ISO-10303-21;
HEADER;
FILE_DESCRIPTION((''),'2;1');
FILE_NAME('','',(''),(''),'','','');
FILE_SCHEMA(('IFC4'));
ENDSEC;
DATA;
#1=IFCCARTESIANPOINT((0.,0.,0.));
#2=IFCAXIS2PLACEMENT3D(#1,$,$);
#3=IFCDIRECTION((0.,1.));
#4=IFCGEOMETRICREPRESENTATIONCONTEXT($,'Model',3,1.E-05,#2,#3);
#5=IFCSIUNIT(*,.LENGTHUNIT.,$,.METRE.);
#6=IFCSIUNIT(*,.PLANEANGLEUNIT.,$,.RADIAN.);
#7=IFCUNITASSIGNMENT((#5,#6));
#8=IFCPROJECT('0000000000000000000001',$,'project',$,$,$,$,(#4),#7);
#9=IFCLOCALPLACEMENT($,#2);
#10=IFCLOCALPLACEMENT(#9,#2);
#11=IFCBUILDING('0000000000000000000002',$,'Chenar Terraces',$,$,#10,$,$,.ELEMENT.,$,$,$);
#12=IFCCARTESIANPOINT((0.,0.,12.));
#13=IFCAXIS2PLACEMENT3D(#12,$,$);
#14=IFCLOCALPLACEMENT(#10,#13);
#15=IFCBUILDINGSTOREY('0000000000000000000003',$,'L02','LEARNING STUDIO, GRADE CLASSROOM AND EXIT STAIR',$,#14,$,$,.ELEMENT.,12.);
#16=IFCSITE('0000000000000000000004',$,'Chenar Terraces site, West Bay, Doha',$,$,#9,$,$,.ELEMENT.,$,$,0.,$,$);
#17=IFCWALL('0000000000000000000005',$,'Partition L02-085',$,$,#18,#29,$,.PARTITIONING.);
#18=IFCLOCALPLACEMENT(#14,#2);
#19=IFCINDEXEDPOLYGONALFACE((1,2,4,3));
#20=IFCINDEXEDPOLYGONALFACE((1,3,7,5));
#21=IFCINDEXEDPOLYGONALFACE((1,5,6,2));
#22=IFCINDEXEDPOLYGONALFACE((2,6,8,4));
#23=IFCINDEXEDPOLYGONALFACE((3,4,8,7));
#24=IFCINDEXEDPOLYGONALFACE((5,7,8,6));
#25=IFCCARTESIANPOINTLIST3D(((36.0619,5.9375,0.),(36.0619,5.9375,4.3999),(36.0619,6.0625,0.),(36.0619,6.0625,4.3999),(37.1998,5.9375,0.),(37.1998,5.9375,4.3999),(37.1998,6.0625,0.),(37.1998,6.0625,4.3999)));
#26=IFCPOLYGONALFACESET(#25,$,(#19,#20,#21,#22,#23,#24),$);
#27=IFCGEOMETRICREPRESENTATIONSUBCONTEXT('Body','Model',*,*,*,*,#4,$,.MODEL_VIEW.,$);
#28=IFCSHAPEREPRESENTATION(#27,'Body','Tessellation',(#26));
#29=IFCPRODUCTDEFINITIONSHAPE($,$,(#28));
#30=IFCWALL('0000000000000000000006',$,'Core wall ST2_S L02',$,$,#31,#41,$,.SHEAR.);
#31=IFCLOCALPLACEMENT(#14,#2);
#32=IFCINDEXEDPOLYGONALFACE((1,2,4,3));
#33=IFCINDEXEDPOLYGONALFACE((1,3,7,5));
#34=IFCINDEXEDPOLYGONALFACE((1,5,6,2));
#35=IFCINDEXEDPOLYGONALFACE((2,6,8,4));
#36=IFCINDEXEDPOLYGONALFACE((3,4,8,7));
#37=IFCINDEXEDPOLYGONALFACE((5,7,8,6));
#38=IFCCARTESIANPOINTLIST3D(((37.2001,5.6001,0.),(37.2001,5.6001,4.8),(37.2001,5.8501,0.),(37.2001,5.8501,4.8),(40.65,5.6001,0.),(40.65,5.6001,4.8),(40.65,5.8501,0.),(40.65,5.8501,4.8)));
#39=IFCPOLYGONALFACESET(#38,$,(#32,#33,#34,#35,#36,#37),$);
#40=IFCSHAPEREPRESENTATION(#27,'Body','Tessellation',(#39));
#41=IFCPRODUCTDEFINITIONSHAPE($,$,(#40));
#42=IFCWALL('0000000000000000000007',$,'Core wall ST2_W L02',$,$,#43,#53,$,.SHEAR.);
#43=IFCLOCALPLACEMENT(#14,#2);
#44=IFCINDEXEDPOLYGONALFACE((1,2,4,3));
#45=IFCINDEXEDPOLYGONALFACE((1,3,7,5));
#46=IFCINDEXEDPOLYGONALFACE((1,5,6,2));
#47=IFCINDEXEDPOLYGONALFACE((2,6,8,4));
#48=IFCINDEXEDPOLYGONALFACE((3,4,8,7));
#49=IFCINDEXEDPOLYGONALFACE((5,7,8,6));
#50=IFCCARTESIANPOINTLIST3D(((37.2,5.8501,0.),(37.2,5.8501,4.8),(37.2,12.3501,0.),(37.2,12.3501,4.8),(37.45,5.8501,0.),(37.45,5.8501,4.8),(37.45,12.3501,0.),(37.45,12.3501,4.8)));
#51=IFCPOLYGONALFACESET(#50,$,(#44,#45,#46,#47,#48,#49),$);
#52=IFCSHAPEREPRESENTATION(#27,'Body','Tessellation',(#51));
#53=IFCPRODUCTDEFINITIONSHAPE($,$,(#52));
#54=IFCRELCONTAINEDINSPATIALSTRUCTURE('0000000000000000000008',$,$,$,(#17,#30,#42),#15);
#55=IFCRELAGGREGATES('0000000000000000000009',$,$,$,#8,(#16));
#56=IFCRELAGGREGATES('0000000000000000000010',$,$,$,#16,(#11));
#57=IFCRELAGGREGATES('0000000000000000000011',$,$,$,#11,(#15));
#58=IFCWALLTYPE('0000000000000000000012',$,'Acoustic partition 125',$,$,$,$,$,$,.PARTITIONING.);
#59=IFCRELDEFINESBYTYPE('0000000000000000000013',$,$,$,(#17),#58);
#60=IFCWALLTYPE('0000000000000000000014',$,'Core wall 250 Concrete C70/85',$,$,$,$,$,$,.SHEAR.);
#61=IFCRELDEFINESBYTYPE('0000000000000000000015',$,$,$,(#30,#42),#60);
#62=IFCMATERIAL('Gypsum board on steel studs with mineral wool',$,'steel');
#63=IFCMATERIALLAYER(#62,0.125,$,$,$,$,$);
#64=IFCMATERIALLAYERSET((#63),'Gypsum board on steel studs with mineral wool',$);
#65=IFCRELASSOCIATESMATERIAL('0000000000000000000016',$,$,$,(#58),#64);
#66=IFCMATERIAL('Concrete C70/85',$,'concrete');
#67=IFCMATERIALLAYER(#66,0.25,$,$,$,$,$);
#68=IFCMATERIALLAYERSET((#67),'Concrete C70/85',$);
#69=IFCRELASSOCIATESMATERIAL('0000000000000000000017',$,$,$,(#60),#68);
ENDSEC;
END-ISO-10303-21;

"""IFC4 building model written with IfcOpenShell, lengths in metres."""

from ifc_helpers import new_model, si_unit, direction, frame, frame_2d, origin, place, context, subcontext, project, spatial, rectangle, extrude, material, layer, layer_set, type_object, element, save


model = new_model("IFC4")

# Units and contexts
model_context = context("Model", 3, precision=1e-05, world=origin(), true_north=direction((0.0, 1.0)))
body_context = subcontext(model_context, "Body", "Model", "MODEL_VIEW")
ifc_project = project(units=[si_unit("LENGTHUNIT", "METRE"), si_unit("PLANEANGLEUNIT", "RADIAN")], contexts=[model_context])

# Site, building, storey
site_placement = place(None, origin())
site = spatial("IfcSite", under=ifc_project, at=site_placement, Name="Chenar Terraces site, West Bay, Doha", CompositionType="ELEMENT", RefElevation=0.0)
building_placement = place(site_placement, origin())
building = spatial("IfcBuilding", under=site, at=building_placement, Name="Chenar Terraces", CompositionType="ELEMENT")
storey_placement = place(building_placement, frame((0.0, 0.0, 12.0)))
storey = spatial("IfcBuildingStorey", under=building, at=storey_placement, Name="L02", Description="LEARNING STUDIO, GRADE CLASSROOM AND EXIT STAIR", CompositionType="ELEMENT", Elevation=12.0)

# Walls
ifc_material_1 = material(Name="Gypsum board on steel studs with mineral wool", Category="steel")
ifc_layer_1 = layer(ifc_material_1, 0.125)
ifc_layer_set_1 = layer_set([ifc_layer_1], Name="Gypsum board on steel studs with mineral wool")
wall_type_1 = type_object("IfcWallType", Name="Acoustic partition 125", PredefinedType="PARTITIONING", material=ifc_layer_set_1)
wall_1_placement = place(storey_placement, frame((36.062, 6.0, 0.0), z_axis=(0.0, 0.0, 1.0), x_axis=(1.0, 0.0, 0.0)))
element("IfcWall", 1, at=wall_1_placement, inside=storey, type_object=wall_type_1, Name="Partition L02-085", PredefinedType="PARTITIONING", context=body_context, shape_type="SweptSolid", body=[
    extrude(rectangle(XDim=1.1379, YDim=0.125, at=frame_2d((0.5688, 0.0))), origin(), (0.0, 0.0, 1.0), 4.3999),
])
ifc_material_2 = material(Name="Concrete C70/85", Category="concrete")
ifc_layer_2 = layer(ifc_material_2, 0.25)
ifc_layer_set_2 = layer_set([ifc_layer_2], Name="Concrete C70/85")
wall_type_2 = type_object("IfcWallType", Name="Core wall 250 Concrete C70/85", PredefinedType="SHEAR", material=ifc_layer_set_2)
wall_2_placement = place(storey_placement, frame((37.2, 5.7251, 0.0), z_axis=(0.0, 0.0, 1.0), x_axis=(1.0, 0.0, 0.0)))
element("IfcWall", 2, at=wall_2_placement, inside=storey, type_object=wall_type_2, Name="Core wall ST2_S L02", PredefinedType="SHEAR", context=body_context, shape_type="SweptSolid", body=[
    extrude(rectangle(XDim=3.45, YDim=0.25, at=frame_2d((1.7251, 0.0))), origin(), (0.0, 0.0, 1.0), 4.8),
])
wall_3_placement = place(storey_placement, frame((37.325, 5.8501, 0.0), z_axis=(0.0, 0.0, 1.0), x_axis=(0.0, 1.0, 0.0)))
element("IfcWall", 3, at=wall_3_placement, inside=storey, type_object=wall_type_2, Name="Core wall ST2_W L02", PredefinedType="SHEAR", context=body_context, shape_type="SweptSolid", body=[
    extrude(rectangle(XDim=6.5, YDim=0.25, at=frame_2d((3.25, 0.0))), origin(), (0.0, 0.0, 1.0), 4.8),
])

save(model, "model.ifc")
